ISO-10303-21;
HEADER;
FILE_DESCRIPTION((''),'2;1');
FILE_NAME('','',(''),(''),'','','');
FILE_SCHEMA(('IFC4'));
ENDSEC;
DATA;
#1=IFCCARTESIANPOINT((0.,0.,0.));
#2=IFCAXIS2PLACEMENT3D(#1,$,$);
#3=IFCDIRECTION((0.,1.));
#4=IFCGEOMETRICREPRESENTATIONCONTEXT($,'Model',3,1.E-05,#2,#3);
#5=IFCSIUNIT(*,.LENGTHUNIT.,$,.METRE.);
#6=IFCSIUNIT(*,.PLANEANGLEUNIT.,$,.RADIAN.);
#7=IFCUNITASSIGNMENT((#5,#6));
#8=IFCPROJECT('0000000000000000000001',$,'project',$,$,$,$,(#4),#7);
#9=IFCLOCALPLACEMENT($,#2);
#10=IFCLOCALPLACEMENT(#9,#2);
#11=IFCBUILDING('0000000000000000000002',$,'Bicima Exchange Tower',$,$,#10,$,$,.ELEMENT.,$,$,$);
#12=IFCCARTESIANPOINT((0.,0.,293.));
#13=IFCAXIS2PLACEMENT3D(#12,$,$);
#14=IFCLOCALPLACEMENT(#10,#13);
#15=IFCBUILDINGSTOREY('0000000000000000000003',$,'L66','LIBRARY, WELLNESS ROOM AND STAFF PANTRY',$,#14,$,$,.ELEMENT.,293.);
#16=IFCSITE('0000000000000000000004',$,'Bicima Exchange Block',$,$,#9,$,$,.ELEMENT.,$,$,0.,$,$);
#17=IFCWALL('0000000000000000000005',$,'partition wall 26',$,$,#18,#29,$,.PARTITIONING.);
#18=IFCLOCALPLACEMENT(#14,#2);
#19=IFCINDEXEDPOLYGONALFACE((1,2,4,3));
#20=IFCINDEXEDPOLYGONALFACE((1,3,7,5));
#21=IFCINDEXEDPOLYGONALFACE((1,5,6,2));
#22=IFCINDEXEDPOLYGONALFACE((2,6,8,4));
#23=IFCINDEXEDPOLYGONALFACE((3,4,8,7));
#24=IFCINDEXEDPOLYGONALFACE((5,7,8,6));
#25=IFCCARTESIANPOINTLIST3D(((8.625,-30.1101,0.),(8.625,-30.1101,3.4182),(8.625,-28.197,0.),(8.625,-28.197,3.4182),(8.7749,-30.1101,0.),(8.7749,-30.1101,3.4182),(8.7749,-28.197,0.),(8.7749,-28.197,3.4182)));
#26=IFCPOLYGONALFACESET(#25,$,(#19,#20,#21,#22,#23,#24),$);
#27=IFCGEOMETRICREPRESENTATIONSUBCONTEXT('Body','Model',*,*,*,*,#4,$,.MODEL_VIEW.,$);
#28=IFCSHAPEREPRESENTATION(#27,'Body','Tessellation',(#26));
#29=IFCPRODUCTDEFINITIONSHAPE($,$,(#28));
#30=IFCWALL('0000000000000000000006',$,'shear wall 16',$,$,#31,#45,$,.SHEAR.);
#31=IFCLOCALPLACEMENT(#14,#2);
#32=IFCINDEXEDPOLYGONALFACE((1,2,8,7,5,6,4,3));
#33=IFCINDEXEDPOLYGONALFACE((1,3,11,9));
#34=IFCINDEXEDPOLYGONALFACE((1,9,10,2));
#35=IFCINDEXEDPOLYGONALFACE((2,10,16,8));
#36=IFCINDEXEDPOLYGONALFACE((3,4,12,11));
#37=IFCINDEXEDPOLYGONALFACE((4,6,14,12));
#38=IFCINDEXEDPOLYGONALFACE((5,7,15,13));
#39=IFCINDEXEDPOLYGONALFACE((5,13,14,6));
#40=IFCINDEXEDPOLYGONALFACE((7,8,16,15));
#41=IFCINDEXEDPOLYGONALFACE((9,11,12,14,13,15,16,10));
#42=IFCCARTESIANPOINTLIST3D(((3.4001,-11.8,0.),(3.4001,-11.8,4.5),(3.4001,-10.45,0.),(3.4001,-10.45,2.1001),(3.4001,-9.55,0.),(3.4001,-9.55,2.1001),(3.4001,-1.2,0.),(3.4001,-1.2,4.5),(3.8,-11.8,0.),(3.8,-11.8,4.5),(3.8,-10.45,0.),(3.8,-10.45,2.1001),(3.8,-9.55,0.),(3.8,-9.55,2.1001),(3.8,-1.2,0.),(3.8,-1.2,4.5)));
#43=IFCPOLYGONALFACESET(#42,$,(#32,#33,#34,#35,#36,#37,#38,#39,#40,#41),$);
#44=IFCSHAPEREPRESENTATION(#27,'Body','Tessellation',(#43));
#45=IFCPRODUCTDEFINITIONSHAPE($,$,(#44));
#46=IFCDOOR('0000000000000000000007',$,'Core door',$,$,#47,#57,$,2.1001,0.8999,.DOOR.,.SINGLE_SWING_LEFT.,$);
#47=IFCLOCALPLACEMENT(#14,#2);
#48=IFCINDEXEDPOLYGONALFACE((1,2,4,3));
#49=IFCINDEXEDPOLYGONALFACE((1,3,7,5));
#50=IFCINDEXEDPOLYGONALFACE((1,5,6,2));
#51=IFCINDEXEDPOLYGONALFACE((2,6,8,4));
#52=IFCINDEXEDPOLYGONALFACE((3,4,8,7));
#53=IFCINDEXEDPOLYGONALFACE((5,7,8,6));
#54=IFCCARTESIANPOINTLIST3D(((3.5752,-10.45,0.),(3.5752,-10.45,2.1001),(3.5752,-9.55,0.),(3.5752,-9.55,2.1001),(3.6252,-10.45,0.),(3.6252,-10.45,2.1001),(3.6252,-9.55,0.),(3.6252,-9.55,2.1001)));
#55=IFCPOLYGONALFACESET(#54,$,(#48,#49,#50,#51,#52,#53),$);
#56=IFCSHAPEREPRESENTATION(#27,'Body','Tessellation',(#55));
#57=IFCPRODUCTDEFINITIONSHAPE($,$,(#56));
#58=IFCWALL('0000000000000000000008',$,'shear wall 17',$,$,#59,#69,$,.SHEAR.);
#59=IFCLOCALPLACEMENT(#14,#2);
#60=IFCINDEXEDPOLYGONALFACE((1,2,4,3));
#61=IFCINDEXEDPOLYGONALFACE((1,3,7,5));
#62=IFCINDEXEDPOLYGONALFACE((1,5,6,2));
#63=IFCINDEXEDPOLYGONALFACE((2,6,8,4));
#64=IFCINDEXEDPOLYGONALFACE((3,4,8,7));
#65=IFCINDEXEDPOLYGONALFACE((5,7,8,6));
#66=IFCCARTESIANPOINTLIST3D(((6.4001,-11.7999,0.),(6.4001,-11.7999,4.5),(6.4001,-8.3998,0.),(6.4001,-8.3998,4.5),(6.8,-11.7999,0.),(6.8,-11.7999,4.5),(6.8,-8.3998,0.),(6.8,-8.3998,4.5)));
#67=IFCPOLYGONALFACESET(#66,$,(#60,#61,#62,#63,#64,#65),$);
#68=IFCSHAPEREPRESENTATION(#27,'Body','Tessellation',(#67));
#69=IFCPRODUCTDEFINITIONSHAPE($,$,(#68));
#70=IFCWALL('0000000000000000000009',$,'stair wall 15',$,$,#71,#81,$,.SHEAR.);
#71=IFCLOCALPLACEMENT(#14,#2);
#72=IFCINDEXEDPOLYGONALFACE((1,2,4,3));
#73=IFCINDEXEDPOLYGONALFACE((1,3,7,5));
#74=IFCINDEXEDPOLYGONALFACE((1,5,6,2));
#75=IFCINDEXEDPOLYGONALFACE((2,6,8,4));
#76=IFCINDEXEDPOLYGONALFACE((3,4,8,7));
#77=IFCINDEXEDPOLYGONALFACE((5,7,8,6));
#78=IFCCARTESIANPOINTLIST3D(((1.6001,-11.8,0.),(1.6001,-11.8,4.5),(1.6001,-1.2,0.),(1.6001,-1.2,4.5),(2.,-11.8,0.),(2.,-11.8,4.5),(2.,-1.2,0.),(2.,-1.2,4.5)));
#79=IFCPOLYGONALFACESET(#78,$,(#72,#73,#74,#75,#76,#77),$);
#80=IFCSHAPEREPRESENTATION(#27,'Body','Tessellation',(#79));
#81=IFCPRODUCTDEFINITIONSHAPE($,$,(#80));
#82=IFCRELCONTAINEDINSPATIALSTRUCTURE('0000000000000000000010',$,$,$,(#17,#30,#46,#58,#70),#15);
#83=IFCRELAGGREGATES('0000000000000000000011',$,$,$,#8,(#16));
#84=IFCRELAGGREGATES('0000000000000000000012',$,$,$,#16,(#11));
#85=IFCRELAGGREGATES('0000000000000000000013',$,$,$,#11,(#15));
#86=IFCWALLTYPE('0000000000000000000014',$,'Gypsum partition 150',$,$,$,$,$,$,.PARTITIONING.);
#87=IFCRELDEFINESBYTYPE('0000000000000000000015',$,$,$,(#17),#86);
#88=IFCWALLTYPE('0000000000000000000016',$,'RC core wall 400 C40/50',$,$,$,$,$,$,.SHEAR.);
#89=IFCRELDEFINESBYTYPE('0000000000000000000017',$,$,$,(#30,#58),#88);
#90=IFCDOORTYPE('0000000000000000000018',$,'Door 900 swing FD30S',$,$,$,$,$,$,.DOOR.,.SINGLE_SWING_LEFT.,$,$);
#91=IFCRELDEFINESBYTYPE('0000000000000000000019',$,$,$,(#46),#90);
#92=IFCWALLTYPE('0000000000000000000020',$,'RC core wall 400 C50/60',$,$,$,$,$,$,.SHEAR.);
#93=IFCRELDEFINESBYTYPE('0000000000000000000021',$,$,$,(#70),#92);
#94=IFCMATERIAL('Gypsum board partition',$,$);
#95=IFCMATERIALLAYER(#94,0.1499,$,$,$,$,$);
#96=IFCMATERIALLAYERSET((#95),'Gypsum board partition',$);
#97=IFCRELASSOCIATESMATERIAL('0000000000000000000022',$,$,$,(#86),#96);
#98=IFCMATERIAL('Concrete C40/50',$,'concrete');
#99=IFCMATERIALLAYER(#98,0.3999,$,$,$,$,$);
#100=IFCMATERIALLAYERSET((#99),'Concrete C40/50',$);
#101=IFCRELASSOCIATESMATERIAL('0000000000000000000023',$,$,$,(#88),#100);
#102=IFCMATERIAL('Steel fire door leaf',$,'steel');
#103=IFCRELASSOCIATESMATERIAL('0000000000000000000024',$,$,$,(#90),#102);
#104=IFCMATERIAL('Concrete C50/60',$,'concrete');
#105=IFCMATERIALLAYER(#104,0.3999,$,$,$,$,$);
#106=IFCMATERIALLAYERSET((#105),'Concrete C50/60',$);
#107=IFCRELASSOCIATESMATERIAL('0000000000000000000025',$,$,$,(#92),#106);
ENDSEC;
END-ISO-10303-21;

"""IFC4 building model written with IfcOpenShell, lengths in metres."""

from ifc_helpers import new_model, si_unit, direction, frame, frame_2d, origin, place, context, subcontext, project, spatial, rectangle, extrude, material, layer, layer_set, type_object, element, fill, save


model = new_model("IFC4")

# Units and contexts
model_context = context("Model", 3, precision=1e-05, world=origin(), true_north=direction((0.0, 1.0)))
body_context = subcontext(model_context, "Body", "Model", "MODEL_VIEW")
ifc_project = project(units=[si_unit("LENGTHUNIT", "METRE"), si_unit("PLANEANGLEUNIT", "RADIAN")], contexts=[model_context])

# Site, building, storey
site_placement = place(None, origin())
site = spatial("IfcSite", under=ifc_project, at=site_placement, Name="Bicima Exchange Block", CompositionType="ELEMENT", RefElevation=0.0)
building_placement = place(site_placement, origin())
building = spatial("IfcBuilding", under=site, at=building_placement, Name="Bicima Exchange Tower", CompositionType="ELEMENT")
storey_placement = place(building_placement, frame((0.0, 0.0, 293.0)))
storey = spatial("IfcBuildingStorey", under=building, at=storey_placement, Name="L66", Description="LIBRARY, WELLNESS ROOM AND STAFF PANTRY", CompositionType="ELEMENT", Elevation=293.0)

# Shared definitions
ifc_material_1 = material(Name="Gypsum board partition")
ifc_material_2 = material(Name="Steel fire door leaf", Category="steel")

# Wall
ifc_layer_1 = layer(ifc_material_1, 0.1499)
ifc_layer_set_1 = layer_set([ifc_layer_1], Name="Gypsum board partition")
wall_type_1 = type_object("IfcWallType", Name="Gypsum partition 150", PredefinedType="PARTITIONING", material=ifc_layer_set_1)
wall_1_placement = place(storey_placement, frame((8.7, -30.1101, 0.0), z_axis=(0.0, 0.0, 1.0), x_axis=(0.0, 1.0, 0.0)))
element("IfcWall", 1, at=wall_1_placement, inside=storey, type_object=wall_type_1, Name="partition wall 26", PredefinedType="PARTITIONING", context=body_context, shape_type="SweptSolid", body=[
    extrude(rectangle(XDim=1.9131, YDim=0.1499, at=frame_2d((0.9565, 0.0))), origin(), (0.0, 0.0, 1.0), 3.4182),
])

# Wall, opening, door
ifc_material_3 = material(Name="Concrete C40/50", Category="concrete")
ifc_layer_2 = layer(ifc_material_3, 0.3999)
ifc_layer_set_2 = layer_set([ifc_layer_2], Name="Concrete C40/50")
wall_type_2 = type_object("IfcWallType", Name="RC core wall 400 C40/50", PredefinedType="SHEAR", material=ifc_layer_set_2)
wall_2_placement = place(storey_placement, frame((3.6001, -11.8, 0.0), z_axis=(0.0, 0.0, 1.0), x_axis=(0.0, 1.0, 0.0)))
wall_2 = element("IfcWall", 2, at=wall_2_placement, inside=storey, type_object=wall_type_2, Name="shear wall 16", PredefinedType="SHEAR", context=body_context, shape_type="SweptSolid", body=[
    extrude(rectangle(XDim=10.6001, YDim=0.3999, at=frame_2d((5.3, 0.0))), origin(), (0.0, 0.0, 1.0), 4.5),
])
opening_1_placement = place(wall_2_placement, frame((1.3501, 0.0, 0.0)))
opening_1 = element("IfcOpeningElement", 3, at=opening_1_placement, cuts=wall_2, PredefinedType="OPENING", context=body_context, shape_type="SweptSolid", body=[
    extrude(rectangle(XDim=0.8999, YDim=2.1001, at=frame_2d((0.45, 1.05))), frame((0.0, 0.2119, 0.0), z_axis=(0.0, -1.0, 0.0), x_axis=(1.0, 0.0, 0.0)), (0.0, 0.0, 1.0), 0.4238),
])
door_type_1 = type_object("IfcDoorType", Name="Door 900 swing FD30S", OperationType="SINGLE_SWING_LEFT", PredefinedType="DOOR", material=ifc_material_2)
door_1_placement = place(opening_1_placement, origin())
door_1 = element("IfcDoor", 4, at=door_1_placement, inside=storey, type_object=door_type_1, Name="Core door", OperationType="SINGLE_SWING_LEFT", OverallHeight=2.1001, OverallWidth=0.8999, PredefinedType="DOOR", context=body_context, shape_type="SweptSolid", body=[
    extrude(rectangle(XDim=0.8999, YDim=2.1001, at=frame_2d((0.45, 1.05))), frame((0.0, 0.0249, 0.0), z_axis=(0.0, -1.0, 0.0), x_axis=(1.0, 0.0, 0.0)), (0.0, 0.0, 1.0), 0.05),
])
fill(opening_1, door_1)

# Walls
wall_3_placement = place(storey_placement, frame((6.6001, -11.8, 0.0), z_axis=(0.0, 0.0, 1.0), x_axis=(0.0, 1.0, 0.0)))
element("IfcWall", 5, at=wall_3_placement, inside=storey, type_object=wall_type_2, Name="shear wall 17", PredefinedType="SHEAR", context=body_context, shape_type="SweptSolid", body=[
    extrude(rectangle(XDim=3.4001, YDim=0.3999, at=frame_2d((1.7002, 0.0))), origin(), (0.0, 0.0, 1.0), 4.5),
])
ifc_material_4 = material(Name="Concrete C50/60", Category="concrete")
ifc_layer_3 = layer(ifc_material_4, 0.3999)
ifc_layer_set_3 = layer_set([ifc_layer_3], Name="Concrete C50/60")
wall_type_3 = type_object("IfcWallType", Name="RC core wall 400 C50/60", PredefinedType="SHEAR", material=ifc_layer_set_3)
wall_4_placement = place(storey_placement, frame((1.8, -11.8, 0.0), z_axis=(0.0, 0.0, 1.0), x_axis=(0.0, 1.0, 0.0)))
element("IfcWall", 6, at=wall_4_placement, inside=storey, type_object=wall_type_3, Name="stair wall 15", PredefinedType="SHEAR", context=body_context, shape_type="SweptSolid", body=[
    extrude(rectangle(XDim=10.6001, YDim=0.3999, at=frame_2d((5.3, 0.0))), origin(), (0.0, 0.0, 1.0), 4.5),
])

save(model, "model.ifc")
